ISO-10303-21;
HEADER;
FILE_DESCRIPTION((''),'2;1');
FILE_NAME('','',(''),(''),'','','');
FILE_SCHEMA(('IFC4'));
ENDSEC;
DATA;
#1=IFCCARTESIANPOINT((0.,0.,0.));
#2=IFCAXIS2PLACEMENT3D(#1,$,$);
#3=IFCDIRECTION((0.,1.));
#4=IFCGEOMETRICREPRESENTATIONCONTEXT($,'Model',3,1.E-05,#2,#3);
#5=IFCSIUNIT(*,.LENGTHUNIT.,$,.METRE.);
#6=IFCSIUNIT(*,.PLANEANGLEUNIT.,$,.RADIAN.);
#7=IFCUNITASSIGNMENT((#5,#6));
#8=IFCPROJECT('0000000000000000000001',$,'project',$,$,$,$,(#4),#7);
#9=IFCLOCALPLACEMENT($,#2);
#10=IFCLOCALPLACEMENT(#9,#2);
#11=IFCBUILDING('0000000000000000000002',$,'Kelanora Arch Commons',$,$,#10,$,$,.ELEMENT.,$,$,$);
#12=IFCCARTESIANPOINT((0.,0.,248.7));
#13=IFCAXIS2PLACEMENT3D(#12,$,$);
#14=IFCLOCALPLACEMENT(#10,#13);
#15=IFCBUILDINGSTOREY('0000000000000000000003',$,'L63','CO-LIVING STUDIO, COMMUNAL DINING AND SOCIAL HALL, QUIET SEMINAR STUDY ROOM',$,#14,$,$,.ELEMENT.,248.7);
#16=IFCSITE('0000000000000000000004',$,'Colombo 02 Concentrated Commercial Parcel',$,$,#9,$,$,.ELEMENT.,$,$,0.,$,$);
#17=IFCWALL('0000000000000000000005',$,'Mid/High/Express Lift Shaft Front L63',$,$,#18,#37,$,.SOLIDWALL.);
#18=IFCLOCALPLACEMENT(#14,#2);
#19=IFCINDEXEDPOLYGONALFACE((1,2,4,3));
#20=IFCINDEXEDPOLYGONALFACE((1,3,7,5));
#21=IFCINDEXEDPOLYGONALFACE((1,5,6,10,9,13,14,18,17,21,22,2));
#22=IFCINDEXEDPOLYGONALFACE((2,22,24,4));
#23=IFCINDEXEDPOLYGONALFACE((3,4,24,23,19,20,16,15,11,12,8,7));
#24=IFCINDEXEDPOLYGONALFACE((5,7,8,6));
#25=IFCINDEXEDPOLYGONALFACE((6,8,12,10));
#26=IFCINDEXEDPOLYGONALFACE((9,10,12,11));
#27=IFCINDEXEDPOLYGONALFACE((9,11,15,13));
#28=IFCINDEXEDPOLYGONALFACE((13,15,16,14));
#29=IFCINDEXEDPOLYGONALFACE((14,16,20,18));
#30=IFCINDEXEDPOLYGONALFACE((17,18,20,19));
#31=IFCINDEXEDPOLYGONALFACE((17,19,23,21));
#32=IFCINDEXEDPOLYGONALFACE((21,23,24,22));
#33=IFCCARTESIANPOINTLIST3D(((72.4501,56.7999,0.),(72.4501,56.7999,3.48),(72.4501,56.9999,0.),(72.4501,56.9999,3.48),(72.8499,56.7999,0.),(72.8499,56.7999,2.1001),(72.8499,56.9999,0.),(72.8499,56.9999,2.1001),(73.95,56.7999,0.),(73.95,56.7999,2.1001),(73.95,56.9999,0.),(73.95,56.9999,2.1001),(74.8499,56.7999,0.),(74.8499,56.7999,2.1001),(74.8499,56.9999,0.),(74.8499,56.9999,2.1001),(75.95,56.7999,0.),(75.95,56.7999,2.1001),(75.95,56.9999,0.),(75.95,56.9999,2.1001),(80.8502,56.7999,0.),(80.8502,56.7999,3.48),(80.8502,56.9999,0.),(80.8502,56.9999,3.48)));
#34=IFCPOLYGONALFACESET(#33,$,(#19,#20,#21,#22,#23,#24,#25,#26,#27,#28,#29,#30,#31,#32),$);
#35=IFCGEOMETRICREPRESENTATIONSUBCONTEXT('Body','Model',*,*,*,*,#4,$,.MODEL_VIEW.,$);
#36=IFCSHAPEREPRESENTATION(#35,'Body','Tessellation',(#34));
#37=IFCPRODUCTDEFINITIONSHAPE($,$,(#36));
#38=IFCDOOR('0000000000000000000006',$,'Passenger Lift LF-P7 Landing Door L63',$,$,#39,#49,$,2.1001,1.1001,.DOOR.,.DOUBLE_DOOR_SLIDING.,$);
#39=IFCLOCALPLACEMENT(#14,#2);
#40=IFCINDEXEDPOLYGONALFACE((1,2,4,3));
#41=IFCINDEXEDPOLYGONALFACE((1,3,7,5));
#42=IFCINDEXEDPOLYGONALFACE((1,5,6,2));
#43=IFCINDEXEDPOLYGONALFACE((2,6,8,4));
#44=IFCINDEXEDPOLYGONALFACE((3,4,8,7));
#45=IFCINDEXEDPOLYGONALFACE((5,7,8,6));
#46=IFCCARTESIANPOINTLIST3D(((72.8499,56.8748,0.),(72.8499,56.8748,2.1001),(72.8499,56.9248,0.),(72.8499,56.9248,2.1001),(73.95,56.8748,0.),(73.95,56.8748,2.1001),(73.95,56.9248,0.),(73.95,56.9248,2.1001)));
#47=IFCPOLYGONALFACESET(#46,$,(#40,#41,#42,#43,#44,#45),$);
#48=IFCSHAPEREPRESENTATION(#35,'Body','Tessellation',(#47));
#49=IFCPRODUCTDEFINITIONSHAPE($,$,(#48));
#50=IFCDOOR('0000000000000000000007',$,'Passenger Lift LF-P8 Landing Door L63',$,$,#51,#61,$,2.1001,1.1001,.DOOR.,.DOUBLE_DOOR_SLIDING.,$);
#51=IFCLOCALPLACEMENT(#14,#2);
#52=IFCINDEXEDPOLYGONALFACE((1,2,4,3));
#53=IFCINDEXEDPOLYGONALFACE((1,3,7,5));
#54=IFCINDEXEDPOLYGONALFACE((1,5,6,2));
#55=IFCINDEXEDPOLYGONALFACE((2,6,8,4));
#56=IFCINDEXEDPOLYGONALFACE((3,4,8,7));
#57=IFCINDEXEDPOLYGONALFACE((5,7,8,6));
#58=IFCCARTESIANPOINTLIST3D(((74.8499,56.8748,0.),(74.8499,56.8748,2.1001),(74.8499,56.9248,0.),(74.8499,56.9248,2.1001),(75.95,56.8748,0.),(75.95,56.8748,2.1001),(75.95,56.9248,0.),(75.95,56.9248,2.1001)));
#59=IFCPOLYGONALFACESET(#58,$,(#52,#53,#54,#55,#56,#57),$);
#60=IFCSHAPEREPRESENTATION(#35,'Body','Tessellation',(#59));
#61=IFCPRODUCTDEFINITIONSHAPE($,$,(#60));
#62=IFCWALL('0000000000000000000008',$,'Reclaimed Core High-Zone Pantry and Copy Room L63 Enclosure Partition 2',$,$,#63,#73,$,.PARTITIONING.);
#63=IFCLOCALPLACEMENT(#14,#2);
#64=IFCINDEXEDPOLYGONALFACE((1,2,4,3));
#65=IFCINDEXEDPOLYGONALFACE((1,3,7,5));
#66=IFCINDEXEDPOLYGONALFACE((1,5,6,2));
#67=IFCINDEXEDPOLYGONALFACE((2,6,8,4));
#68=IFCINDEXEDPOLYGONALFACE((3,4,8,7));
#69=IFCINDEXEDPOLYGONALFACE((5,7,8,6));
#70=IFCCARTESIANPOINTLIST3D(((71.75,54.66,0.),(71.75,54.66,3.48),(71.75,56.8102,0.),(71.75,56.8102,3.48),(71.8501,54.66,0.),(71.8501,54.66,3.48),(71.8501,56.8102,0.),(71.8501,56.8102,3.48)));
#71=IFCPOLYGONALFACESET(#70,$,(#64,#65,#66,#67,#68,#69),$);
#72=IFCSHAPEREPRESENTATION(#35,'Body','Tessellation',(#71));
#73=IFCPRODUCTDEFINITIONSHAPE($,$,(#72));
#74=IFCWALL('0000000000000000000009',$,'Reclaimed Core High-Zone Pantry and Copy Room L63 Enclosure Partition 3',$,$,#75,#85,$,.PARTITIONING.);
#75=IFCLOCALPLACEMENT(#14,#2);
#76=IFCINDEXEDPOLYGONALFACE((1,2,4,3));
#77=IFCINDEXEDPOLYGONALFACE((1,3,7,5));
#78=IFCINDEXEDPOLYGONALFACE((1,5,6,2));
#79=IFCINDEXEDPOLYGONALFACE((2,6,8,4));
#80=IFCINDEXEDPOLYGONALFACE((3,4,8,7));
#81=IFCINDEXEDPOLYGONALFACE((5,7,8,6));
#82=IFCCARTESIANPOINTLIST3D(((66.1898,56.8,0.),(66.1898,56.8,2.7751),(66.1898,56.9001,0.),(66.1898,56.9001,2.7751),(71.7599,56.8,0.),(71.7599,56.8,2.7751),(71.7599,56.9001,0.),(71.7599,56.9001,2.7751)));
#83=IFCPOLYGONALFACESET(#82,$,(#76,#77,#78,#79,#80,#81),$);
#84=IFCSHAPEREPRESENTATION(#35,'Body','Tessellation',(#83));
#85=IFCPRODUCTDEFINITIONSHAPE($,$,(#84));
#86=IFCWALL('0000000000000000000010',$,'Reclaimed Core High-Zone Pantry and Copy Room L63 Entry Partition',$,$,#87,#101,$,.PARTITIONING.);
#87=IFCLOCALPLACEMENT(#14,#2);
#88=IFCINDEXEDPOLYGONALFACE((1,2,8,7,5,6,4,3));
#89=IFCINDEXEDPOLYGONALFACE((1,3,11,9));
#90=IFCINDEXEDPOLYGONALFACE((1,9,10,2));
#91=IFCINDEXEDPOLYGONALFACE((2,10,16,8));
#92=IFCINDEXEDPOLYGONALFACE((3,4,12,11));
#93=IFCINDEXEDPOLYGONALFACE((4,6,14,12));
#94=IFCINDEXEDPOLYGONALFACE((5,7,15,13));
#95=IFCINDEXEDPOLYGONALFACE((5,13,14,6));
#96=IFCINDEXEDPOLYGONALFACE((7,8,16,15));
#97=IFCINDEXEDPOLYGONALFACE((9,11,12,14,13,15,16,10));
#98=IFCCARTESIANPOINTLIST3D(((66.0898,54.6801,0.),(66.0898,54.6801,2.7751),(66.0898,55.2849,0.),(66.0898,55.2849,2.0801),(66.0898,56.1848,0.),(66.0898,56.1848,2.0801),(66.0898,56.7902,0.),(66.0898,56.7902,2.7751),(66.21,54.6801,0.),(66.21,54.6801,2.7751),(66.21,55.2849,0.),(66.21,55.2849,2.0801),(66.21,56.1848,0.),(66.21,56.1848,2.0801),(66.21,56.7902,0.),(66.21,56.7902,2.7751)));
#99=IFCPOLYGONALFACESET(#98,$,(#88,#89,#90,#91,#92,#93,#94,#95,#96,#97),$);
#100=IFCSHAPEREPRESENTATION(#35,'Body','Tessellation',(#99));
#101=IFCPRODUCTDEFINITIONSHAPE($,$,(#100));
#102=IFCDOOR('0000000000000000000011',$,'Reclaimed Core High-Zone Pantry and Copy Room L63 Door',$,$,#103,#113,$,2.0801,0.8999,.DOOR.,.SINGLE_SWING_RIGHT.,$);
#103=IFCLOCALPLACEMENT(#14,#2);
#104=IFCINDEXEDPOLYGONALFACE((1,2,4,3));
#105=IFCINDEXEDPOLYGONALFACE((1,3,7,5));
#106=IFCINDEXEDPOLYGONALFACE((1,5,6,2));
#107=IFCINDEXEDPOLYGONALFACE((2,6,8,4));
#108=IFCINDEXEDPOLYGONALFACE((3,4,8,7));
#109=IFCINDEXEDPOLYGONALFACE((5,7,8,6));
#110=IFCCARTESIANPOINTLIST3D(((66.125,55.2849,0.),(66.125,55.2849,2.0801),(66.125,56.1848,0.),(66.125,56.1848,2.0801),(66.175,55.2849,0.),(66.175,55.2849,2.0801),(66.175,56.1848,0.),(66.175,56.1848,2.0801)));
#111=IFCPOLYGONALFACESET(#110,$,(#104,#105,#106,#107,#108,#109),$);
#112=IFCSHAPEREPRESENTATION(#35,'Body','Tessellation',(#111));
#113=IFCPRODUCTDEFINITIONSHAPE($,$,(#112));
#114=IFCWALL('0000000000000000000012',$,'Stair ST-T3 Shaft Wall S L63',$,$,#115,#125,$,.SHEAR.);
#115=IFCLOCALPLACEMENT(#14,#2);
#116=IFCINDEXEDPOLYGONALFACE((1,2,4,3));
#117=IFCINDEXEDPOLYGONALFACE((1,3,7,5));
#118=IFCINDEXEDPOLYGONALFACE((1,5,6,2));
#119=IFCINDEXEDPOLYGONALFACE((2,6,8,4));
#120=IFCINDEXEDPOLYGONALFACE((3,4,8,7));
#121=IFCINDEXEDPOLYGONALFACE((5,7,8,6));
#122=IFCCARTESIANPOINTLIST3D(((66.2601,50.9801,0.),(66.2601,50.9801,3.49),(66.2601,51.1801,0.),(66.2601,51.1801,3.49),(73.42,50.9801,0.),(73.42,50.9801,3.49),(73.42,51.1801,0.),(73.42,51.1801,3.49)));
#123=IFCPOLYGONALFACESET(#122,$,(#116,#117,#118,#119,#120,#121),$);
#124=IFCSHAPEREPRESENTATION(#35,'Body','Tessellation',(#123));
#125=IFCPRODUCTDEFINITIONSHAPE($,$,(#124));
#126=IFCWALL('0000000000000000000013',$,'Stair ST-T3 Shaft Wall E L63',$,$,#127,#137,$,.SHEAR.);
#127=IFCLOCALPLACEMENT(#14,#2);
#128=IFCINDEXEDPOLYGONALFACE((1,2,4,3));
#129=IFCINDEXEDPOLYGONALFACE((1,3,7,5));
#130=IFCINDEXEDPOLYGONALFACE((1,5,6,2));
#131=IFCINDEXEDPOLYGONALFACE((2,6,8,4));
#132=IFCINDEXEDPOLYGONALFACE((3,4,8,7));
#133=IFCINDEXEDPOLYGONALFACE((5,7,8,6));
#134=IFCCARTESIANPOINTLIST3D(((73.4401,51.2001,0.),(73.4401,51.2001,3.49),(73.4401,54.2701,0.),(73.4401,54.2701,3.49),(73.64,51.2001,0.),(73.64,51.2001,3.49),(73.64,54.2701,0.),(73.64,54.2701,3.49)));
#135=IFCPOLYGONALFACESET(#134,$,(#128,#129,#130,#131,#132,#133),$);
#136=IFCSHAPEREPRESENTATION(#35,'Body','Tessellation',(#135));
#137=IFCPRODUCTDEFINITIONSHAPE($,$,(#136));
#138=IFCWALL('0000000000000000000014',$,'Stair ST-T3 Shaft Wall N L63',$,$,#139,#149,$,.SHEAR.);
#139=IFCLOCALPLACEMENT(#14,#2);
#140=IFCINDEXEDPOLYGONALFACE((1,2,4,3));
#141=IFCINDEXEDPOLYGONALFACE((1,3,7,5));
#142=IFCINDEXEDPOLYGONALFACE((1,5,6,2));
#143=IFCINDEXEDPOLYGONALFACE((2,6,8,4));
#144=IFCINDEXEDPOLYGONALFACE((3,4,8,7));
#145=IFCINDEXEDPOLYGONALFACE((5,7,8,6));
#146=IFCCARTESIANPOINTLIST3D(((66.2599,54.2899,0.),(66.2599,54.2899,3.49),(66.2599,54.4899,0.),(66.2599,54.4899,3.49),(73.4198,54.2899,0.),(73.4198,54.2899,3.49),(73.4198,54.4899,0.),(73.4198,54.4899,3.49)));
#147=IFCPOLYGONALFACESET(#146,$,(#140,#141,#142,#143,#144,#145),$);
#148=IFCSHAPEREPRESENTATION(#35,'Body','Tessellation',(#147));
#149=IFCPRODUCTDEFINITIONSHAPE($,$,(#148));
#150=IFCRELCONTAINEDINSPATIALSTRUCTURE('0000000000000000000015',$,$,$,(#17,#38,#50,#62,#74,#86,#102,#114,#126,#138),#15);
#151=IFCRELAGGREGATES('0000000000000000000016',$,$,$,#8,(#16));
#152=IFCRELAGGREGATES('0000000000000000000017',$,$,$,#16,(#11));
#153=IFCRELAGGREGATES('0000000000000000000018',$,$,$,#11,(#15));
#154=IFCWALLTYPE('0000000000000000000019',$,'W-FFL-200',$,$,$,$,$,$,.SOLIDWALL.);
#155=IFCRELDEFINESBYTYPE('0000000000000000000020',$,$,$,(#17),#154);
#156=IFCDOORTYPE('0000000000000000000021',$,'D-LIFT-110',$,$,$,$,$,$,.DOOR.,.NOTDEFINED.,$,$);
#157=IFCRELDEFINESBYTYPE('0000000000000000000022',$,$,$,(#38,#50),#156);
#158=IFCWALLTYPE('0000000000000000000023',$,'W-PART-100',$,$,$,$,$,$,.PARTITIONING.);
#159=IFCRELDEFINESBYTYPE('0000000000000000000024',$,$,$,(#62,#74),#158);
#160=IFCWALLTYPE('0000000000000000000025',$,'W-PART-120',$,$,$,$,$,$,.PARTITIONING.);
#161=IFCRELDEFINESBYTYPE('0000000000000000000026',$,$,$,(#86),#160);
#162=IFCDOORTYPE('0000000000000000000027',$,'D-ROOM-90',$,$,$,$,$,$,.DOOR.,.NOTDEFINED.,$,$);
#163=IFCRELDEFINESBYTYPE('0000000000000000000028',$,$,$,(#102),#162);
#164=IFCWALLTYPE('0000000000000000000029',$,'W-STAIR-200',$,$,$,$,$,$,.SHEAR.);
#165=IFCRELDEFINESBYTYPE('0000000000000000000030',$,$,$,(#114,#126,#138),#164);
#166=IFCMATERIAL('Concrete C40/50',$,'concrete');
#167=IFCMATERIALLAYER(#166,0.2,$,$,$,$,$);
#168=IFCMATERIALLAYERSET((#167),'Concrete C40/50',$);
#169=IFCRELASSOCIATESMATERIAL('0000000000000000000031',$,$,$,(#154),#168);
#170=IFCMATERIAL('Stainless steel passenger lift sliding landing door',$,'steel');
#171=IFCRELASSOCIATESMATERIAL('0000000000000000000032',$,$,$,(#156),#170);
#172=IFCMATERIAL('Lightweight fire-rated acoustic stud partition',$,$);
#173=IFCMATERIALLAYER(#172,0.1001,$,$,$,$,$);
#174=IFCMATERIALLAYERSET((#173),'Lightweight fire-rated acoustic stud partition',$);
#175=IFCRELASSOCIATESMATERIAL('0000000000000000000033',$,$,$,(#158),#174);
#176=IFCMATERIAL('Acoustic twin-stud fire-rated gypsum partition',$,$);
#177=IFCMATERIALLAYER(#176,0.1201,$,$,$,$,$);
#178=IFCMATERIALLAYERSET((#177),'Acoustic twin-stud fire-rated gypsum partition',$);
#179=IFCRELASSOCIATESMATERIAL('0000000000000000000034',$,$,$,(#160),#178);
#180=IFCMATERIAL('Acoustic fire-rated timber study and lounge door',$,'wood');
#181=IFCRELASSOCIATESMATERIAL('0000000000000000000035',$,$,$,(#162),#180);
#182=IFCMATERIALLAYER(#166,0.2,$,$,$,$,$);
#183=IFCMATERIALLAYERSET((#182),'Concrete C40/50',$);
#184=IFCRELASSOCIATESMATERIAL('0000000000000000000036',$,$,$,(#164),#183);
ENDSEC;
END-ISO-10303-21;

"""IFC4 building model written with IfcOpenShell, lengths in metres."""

from ifc_helpers import new_model, si_unit, direction, frame, frame_2d, origin, place, context, subcontext, project, spatial, rectangle, extrude, material, layer, layer_set, type_object, element, fill, save


model = new_model("IFC4")

# Units and contexts
model_context = context("Model", 3, precision=1e-05, world=origin(), true_north=direction((0.0, 1.0)))
body_context = subcontext(model_context, "Body", "Model", "MODEL_VIEW")
ifc_project = project(units=[si_unit("LENGTHUNIT", "METRE"), si_unit("PLANEANGLEUNIT", "RADIAN")], contexts=[model_context])

# Site, building, storey
site_placement = place(None, origin())
site = spatial("IfcSite", under=ifc_project, at=site_placement, Name="Colombo 02 Concentrated Commercial Parcel", CompositionType="ELEMENT", RefElevation=0.0)
building_placement = place(site_placement, origin())
building = spatial("IfcBuilding", under=site, at=building_placement, Name="Kelanora Arch Commons", CompositionType="ELEMENT")
storey_placement = place(building_placement, frame((0.0, 0.0, 248.7)))
storey = spatial("IfcBuildingStorey", under=building, at=storey_placement, Name="L63", Description="CO-LIVING STUDIO, COMMUNAL DINING AND SOCIAL HALL, QUIET SEMINAR STUDY ROOM", CompositionType="ELEMENT", Elevation=248.7)

# Wall, openings, doors
ifc_material_1 = material(Name="Concrete C40/50", Category="concrete")
ifc_layer_1 = layer(ifc_material_1, 0.2)
ifc_layer_set_1 = layer_set([ifc_layer_1], Name="Concrete C40/50")
wall_type_1 = type_object("IfcWallType", Name="W-FFL-200", PredefinedType="SOLIDWALL", material=ifc_layer_set_1)
wall_1_placement = place(storey_placement, frame((72.45, 56.8999, 0.0), z_axis=(0.0, 0.0, 1.0), x_axis=(1.0, 0.0, 0.0)))
wall_1 = element("IfcWall", 1, at=wall_1_placement, inside=storey, type_object=wall_type_1, Name="Mid/High/Express Lift Shaft Front L63", PredefinedType="SOLIDWALL", context=body_context, shape_type="SweptSolid", body=[
    extrude(rectangle(XDim=8.4001, YDim=0.2, at=frame_2d((4.2002, 0.0))), origin(), (0.0, 0.0, 1.0), 3.48),
])
opening_1_placement = place(wall_1_placement, frame((0.3999, 0.0, 0.0)))
opening_1 = element("IfcOpeningElement", 2, at=opening_1_placement, cuts=wall_1, PredefinedType="OPENING", context=body_context, shape_type="SweptSolid", body=[
    extrude(rectangle(XDim=1.1001, YDim=2.1001, at=frame_2d((0.55, 1.05))), frame((0.0, 0.1099, 0.0), z_axis=(0.0, -1.0, 0.0), x_axis=(1.0, 0.0, 0.0)), (0.0, 0.0, 1.0), 0.22),
])
opening_2_placement = place(wall_1_placement, frame((2.3999, 0.0, 0.0)))
opening_2 = element("IfcOpeningElement", 3, at=opening_2_placement, cuts=wall_1, PredefinedType="OPENING", context=body_context, shape_type="SweptSolid", body=[
    extrude(rectangle(XDim=1.1001, YDim=2.1001, at=frame_2d((0.55, 1.05))), frame((0.0, 0.1099, 0.0), z_axis=(0.0, -1.0, 0.0), x_axis=(1.0, 0.0, 0.0)), (0.0, 0.0, 1.0), 0.22),
])
ifc_material_2 = material(Name="Stainless steel passenger lift sliding landing door", Category="steel")
door_type_1 = type_object("IfcDoorType", Name="D-LIFT-110", OperationType="NOTDEFINED", PredefinedType="DOOR", material=ifc_material_2)
door_1_placement = place(opening_1_placement, origin())
door_1 = element("IfcDoor", 4, at=door_1_placement, inside=storey, type_object=door_type_1, Name="Passenger Lift LF-P7 Landing Door L63", OperationType="DOUBLE_DOOR_SLIDING", OverallHeight=2.1001, OverallWidth=1.1001, PredefinedType="DOOR", context=body_context, shape_type="SweptSolid", body=[
    extrude(rectangle(XDim=1.1001, YDim=2.1001, at=frame_2d((0.55, 1.05))), frame((0.0, 0.0249, 0.0), z_axis=(0.0, -1.0, 0.0), x_axis=(1.0, 0.0, 0.0)), (0.0, 0.0, 1.0), 0.05),
])
fill(opening_1, door_1)
door_2_placement = place(opening_2_placement, origin())
door_2 = element("IfcDoor", 5, at=door_2_placement, inside=storey, type_object=door_type_1, Name="Passenger Lift LF-P8 Landing Door L63", OperationType="DOUBLE_DOOR_SLIDING", OverallHeight=2.1001, OverallWidth=1.1001, PredefinedType="DOOR", context=body_context, shape_type="SweptSolid", body=[
    extrude(rectangle(XDim=1.1001, YDim=2.1001, at=frame_2d((0.55, 1.05))), frame((0.0, 0.0249, 0.0), z_axis=(0.0, -1.0, 0.0), x_axis=(1.0, 0.0, 0.0)), (0.0, 0.0, 1.0), 0.05),
])
fill(opening_2, door_2)

# Walls
ifc_material_3 = material(Name="Lightweight fire-rated acoustic stud partition")
ifc_layer_2 = layer(ifc_material_3, 0.1001)
ifc_layer_set_2 = layer_set([ifc_layer_2], Name="Lightweight fire-rated acoustic stud partition")
wall_type_2 = type_object("IfcWallType", Name="W-PART-100", PredefinedType="PARTITIONING", material=ifc_layer_set_2)
wall_2_placement = place(storey_placement, frame((71.8, 54.6599, 0.0), z_axis=(0.0, 0.0, 1.0), x_axis=(0.0, 1.0, 0.0)))
element("IfcWall", 6, at=wall_2_placement, inside=storey, type_object=wall_type_2, Name="Reclaimed Core High-Zone Pantry and Copy Room L63 Enclosure Partition 2", PredefinedType="PARTITIONING", context=body_context, shape_type="SweptSolid", body=[
    extrude(rectangle(XDim=2.1501, YDim=0.1001, at=frame_2d((1.0752, 0.0))), origin(), (0.0, 0.0, 1.0), 3.48),
])
wall_3_placement = place(storey_placement, frame((71.76, 56.8501, 0.0), z_axis=(0.0, 0.0, 1.0), x_axis=(-1.0, 0.0, 0.0)))
element("IfcWall", 7, at=wall_3_placement, inside=storey, type_object=wall_type_2, Name="Reclaimed Core High-Zone Pantry and Copy Room L63 Enclosure Partition 3", PredefinedType="PARTITIONING", context=body_context, shape_type="SweptSolid", body=[
    extrude(rectangle(XDim=5.5701, YDim=0.1001, at=frame_2d((2.7852, 0.0))), origin(), (0.0, 0.0, 1.0), 2.7751),
])

# Wall, opening, door
ifc_material_4 = material(Name="Acoustic twin-stud fire-rated gypsum partition")
ifc_layer_3 = layer(ifc_material_4, 0.1201)
ifc_layer_set_3 = layer_set([ifc_layer_3], Name="Acoustic twin-stud fire-rated gypsum partition")
wall_type_3 = type_object("IfcWallType", Name="W-PART-120", PredefinedType="PARTITIONING", material=ifc_layer_set_3)
wall_4_placement = place(storey_placement, frame((66.1499, 54.6799, 0.0), z_axis=(0.0, 0.0, 1.0), x_axis=(0.0, 1.0, 0.0)))
wall_4 = element("IfcWall", 8, at=wall_4_placement, inside=storey, type_object=wall_type_3, Name="Reclaimed Core High-Zone Pantry and Copy Room L63 Entry Partition", PredefinedType="PARTITIONING", context=body_context, shape_type="SweptSolid", body=[
    extrude(rectangle(XDim=2.1101, YDim=0.1201, at=frame_2d((1.0552, 0.0))), origin(), (0.0, 0.0, 1.0), 2.7751),
])
opening_3_placement = place(wall_4_placement, frame((0.605, 0.0, 0.0)))
opening_3 = element("IfcOpeningElement", 9, at=opening_3_placement, cuts=wall_4, PredefinedType="OPENING", context=body_context, shape_type="SweptSolid", body=[
    extrude(rectangle(XDim=0.8999, YDim=2.0801, at=frame_2d((0.45, 1.04))), frame((0.0, 0.0701, 0.0), z_axis=(0.0, -1.0, 0.0), x_axis=(1.0, 0.0, 0.0)), (0.0, 0.0, 1.0), 0.1401),
])
ifc_material_5 = material(Name="Acoustic fire-rated timber study and lounge door", Category="wood")
door_type_2 = type_object("IfcDoorType", Name="D-ROOM-90", OperationType="NOTDEFINED", PredefinedType="DOOR", material=ifc_material_5)
door_3_placement = place(opening_3_placement, origin())
door_3 = element("IfcDoor", 10, at=door_3_placement, inside=storey, type_object=door_type_2, Name="Reclaimed Core High-Zone Pantry and Copy Room L63 Door", OperationType="SINGLE_SWING_RIGHT", OverallHeight=2.0801, OverallWidth=0.8999, PredefinedType="DOOR", context=body_context, shape_type="SweptSolid", body=[
    extrude(rectangle(XDim=0.8999, YDim=2.0801, at=frame_2d((0.45, 1.04))), frame((0.0, 0.0249, 0.0), z_axis=(0.0, -1.0, 0.0), x_axis=(1.0, 0.0, 0.0)), (0.0, 0.0, 1.0), 0.05),
])
fill(opening_3, door_3)

# Walls
ifc_layer_4 = layer(ifc_material_1, 0.2)
ifc_layer_set_4 = layer_set([ifc_layer_4], Name="Concrete C40/50")
wall_type_4 = type_object("IfcWallType", Name="W-STAIR-200", PredefinedType="SHEAR", material=ifc_layer_set_4)
wall_5_placement = place(storey_placement, frame((66.26, 51.0801, 0.0), z_axis=(0.0, 0.0, 1.0), x_axis=(1.0, 0.0, 0.0)))
element("IfcWall", 11, at=wall_5_placement, inside=storey, type_object=wall_type_4, Name="Stair ST-T3 Shaft Wall S L63", PredefinedType="SHEAR", context=body_context, shape_type="SweptSolid", body=[
    extrude(rectangle(XDim=7.1599, YDim=0.2, at=frame_2d((3.5801, 0.0))), origin(), (0.0, 0.0, 1.0), 3.49),
])
wall_6_placement = place(storey_placement, frame((73.54, 51.2, 0.0), z_axis=(0.0, 0.0, 1.0), x_axis=(0.0, 1.0, 0.0)))
element("IfcWall", 12, at=wall_6_placement, inside=storey, type_object=wall_type_4, Name="Stair ST-T3 Shaft Wall E L63", PredefinedType="SHEAR", context=body_context, shape_type="SweptSolid", body=[
    extrude(rectangle(XDim=3.0701, YDim=0.2, at=frame_2d((1.5352, 0.0))), origin(), (0.0, 0.0, 1.0), 3.49),
])
wall_7_placement = place(storey_placement, frame((73.4199, 54.3899, 0.0), z_axis=(0.0, 0.0, 1.0), x_axis=(-1.0, 0.0, 0.0)))
element("IfcWall", 13, at=wall_7_placement, inside=storey, type_object=wall_type_4, Name="Stair ST-T3 Shaft Wall N L63", PredefinedType="SHEAR", context=body_context, shape_type="SweptSolid", body=[
    extrude(rectangle(XDim=7.1599, YDim=0.2, at=frame_2d((3.5801, 0.0))), origin(), (0.0, 0.0, 1.0), 3.49),
])

save(model, "model.ifc")
